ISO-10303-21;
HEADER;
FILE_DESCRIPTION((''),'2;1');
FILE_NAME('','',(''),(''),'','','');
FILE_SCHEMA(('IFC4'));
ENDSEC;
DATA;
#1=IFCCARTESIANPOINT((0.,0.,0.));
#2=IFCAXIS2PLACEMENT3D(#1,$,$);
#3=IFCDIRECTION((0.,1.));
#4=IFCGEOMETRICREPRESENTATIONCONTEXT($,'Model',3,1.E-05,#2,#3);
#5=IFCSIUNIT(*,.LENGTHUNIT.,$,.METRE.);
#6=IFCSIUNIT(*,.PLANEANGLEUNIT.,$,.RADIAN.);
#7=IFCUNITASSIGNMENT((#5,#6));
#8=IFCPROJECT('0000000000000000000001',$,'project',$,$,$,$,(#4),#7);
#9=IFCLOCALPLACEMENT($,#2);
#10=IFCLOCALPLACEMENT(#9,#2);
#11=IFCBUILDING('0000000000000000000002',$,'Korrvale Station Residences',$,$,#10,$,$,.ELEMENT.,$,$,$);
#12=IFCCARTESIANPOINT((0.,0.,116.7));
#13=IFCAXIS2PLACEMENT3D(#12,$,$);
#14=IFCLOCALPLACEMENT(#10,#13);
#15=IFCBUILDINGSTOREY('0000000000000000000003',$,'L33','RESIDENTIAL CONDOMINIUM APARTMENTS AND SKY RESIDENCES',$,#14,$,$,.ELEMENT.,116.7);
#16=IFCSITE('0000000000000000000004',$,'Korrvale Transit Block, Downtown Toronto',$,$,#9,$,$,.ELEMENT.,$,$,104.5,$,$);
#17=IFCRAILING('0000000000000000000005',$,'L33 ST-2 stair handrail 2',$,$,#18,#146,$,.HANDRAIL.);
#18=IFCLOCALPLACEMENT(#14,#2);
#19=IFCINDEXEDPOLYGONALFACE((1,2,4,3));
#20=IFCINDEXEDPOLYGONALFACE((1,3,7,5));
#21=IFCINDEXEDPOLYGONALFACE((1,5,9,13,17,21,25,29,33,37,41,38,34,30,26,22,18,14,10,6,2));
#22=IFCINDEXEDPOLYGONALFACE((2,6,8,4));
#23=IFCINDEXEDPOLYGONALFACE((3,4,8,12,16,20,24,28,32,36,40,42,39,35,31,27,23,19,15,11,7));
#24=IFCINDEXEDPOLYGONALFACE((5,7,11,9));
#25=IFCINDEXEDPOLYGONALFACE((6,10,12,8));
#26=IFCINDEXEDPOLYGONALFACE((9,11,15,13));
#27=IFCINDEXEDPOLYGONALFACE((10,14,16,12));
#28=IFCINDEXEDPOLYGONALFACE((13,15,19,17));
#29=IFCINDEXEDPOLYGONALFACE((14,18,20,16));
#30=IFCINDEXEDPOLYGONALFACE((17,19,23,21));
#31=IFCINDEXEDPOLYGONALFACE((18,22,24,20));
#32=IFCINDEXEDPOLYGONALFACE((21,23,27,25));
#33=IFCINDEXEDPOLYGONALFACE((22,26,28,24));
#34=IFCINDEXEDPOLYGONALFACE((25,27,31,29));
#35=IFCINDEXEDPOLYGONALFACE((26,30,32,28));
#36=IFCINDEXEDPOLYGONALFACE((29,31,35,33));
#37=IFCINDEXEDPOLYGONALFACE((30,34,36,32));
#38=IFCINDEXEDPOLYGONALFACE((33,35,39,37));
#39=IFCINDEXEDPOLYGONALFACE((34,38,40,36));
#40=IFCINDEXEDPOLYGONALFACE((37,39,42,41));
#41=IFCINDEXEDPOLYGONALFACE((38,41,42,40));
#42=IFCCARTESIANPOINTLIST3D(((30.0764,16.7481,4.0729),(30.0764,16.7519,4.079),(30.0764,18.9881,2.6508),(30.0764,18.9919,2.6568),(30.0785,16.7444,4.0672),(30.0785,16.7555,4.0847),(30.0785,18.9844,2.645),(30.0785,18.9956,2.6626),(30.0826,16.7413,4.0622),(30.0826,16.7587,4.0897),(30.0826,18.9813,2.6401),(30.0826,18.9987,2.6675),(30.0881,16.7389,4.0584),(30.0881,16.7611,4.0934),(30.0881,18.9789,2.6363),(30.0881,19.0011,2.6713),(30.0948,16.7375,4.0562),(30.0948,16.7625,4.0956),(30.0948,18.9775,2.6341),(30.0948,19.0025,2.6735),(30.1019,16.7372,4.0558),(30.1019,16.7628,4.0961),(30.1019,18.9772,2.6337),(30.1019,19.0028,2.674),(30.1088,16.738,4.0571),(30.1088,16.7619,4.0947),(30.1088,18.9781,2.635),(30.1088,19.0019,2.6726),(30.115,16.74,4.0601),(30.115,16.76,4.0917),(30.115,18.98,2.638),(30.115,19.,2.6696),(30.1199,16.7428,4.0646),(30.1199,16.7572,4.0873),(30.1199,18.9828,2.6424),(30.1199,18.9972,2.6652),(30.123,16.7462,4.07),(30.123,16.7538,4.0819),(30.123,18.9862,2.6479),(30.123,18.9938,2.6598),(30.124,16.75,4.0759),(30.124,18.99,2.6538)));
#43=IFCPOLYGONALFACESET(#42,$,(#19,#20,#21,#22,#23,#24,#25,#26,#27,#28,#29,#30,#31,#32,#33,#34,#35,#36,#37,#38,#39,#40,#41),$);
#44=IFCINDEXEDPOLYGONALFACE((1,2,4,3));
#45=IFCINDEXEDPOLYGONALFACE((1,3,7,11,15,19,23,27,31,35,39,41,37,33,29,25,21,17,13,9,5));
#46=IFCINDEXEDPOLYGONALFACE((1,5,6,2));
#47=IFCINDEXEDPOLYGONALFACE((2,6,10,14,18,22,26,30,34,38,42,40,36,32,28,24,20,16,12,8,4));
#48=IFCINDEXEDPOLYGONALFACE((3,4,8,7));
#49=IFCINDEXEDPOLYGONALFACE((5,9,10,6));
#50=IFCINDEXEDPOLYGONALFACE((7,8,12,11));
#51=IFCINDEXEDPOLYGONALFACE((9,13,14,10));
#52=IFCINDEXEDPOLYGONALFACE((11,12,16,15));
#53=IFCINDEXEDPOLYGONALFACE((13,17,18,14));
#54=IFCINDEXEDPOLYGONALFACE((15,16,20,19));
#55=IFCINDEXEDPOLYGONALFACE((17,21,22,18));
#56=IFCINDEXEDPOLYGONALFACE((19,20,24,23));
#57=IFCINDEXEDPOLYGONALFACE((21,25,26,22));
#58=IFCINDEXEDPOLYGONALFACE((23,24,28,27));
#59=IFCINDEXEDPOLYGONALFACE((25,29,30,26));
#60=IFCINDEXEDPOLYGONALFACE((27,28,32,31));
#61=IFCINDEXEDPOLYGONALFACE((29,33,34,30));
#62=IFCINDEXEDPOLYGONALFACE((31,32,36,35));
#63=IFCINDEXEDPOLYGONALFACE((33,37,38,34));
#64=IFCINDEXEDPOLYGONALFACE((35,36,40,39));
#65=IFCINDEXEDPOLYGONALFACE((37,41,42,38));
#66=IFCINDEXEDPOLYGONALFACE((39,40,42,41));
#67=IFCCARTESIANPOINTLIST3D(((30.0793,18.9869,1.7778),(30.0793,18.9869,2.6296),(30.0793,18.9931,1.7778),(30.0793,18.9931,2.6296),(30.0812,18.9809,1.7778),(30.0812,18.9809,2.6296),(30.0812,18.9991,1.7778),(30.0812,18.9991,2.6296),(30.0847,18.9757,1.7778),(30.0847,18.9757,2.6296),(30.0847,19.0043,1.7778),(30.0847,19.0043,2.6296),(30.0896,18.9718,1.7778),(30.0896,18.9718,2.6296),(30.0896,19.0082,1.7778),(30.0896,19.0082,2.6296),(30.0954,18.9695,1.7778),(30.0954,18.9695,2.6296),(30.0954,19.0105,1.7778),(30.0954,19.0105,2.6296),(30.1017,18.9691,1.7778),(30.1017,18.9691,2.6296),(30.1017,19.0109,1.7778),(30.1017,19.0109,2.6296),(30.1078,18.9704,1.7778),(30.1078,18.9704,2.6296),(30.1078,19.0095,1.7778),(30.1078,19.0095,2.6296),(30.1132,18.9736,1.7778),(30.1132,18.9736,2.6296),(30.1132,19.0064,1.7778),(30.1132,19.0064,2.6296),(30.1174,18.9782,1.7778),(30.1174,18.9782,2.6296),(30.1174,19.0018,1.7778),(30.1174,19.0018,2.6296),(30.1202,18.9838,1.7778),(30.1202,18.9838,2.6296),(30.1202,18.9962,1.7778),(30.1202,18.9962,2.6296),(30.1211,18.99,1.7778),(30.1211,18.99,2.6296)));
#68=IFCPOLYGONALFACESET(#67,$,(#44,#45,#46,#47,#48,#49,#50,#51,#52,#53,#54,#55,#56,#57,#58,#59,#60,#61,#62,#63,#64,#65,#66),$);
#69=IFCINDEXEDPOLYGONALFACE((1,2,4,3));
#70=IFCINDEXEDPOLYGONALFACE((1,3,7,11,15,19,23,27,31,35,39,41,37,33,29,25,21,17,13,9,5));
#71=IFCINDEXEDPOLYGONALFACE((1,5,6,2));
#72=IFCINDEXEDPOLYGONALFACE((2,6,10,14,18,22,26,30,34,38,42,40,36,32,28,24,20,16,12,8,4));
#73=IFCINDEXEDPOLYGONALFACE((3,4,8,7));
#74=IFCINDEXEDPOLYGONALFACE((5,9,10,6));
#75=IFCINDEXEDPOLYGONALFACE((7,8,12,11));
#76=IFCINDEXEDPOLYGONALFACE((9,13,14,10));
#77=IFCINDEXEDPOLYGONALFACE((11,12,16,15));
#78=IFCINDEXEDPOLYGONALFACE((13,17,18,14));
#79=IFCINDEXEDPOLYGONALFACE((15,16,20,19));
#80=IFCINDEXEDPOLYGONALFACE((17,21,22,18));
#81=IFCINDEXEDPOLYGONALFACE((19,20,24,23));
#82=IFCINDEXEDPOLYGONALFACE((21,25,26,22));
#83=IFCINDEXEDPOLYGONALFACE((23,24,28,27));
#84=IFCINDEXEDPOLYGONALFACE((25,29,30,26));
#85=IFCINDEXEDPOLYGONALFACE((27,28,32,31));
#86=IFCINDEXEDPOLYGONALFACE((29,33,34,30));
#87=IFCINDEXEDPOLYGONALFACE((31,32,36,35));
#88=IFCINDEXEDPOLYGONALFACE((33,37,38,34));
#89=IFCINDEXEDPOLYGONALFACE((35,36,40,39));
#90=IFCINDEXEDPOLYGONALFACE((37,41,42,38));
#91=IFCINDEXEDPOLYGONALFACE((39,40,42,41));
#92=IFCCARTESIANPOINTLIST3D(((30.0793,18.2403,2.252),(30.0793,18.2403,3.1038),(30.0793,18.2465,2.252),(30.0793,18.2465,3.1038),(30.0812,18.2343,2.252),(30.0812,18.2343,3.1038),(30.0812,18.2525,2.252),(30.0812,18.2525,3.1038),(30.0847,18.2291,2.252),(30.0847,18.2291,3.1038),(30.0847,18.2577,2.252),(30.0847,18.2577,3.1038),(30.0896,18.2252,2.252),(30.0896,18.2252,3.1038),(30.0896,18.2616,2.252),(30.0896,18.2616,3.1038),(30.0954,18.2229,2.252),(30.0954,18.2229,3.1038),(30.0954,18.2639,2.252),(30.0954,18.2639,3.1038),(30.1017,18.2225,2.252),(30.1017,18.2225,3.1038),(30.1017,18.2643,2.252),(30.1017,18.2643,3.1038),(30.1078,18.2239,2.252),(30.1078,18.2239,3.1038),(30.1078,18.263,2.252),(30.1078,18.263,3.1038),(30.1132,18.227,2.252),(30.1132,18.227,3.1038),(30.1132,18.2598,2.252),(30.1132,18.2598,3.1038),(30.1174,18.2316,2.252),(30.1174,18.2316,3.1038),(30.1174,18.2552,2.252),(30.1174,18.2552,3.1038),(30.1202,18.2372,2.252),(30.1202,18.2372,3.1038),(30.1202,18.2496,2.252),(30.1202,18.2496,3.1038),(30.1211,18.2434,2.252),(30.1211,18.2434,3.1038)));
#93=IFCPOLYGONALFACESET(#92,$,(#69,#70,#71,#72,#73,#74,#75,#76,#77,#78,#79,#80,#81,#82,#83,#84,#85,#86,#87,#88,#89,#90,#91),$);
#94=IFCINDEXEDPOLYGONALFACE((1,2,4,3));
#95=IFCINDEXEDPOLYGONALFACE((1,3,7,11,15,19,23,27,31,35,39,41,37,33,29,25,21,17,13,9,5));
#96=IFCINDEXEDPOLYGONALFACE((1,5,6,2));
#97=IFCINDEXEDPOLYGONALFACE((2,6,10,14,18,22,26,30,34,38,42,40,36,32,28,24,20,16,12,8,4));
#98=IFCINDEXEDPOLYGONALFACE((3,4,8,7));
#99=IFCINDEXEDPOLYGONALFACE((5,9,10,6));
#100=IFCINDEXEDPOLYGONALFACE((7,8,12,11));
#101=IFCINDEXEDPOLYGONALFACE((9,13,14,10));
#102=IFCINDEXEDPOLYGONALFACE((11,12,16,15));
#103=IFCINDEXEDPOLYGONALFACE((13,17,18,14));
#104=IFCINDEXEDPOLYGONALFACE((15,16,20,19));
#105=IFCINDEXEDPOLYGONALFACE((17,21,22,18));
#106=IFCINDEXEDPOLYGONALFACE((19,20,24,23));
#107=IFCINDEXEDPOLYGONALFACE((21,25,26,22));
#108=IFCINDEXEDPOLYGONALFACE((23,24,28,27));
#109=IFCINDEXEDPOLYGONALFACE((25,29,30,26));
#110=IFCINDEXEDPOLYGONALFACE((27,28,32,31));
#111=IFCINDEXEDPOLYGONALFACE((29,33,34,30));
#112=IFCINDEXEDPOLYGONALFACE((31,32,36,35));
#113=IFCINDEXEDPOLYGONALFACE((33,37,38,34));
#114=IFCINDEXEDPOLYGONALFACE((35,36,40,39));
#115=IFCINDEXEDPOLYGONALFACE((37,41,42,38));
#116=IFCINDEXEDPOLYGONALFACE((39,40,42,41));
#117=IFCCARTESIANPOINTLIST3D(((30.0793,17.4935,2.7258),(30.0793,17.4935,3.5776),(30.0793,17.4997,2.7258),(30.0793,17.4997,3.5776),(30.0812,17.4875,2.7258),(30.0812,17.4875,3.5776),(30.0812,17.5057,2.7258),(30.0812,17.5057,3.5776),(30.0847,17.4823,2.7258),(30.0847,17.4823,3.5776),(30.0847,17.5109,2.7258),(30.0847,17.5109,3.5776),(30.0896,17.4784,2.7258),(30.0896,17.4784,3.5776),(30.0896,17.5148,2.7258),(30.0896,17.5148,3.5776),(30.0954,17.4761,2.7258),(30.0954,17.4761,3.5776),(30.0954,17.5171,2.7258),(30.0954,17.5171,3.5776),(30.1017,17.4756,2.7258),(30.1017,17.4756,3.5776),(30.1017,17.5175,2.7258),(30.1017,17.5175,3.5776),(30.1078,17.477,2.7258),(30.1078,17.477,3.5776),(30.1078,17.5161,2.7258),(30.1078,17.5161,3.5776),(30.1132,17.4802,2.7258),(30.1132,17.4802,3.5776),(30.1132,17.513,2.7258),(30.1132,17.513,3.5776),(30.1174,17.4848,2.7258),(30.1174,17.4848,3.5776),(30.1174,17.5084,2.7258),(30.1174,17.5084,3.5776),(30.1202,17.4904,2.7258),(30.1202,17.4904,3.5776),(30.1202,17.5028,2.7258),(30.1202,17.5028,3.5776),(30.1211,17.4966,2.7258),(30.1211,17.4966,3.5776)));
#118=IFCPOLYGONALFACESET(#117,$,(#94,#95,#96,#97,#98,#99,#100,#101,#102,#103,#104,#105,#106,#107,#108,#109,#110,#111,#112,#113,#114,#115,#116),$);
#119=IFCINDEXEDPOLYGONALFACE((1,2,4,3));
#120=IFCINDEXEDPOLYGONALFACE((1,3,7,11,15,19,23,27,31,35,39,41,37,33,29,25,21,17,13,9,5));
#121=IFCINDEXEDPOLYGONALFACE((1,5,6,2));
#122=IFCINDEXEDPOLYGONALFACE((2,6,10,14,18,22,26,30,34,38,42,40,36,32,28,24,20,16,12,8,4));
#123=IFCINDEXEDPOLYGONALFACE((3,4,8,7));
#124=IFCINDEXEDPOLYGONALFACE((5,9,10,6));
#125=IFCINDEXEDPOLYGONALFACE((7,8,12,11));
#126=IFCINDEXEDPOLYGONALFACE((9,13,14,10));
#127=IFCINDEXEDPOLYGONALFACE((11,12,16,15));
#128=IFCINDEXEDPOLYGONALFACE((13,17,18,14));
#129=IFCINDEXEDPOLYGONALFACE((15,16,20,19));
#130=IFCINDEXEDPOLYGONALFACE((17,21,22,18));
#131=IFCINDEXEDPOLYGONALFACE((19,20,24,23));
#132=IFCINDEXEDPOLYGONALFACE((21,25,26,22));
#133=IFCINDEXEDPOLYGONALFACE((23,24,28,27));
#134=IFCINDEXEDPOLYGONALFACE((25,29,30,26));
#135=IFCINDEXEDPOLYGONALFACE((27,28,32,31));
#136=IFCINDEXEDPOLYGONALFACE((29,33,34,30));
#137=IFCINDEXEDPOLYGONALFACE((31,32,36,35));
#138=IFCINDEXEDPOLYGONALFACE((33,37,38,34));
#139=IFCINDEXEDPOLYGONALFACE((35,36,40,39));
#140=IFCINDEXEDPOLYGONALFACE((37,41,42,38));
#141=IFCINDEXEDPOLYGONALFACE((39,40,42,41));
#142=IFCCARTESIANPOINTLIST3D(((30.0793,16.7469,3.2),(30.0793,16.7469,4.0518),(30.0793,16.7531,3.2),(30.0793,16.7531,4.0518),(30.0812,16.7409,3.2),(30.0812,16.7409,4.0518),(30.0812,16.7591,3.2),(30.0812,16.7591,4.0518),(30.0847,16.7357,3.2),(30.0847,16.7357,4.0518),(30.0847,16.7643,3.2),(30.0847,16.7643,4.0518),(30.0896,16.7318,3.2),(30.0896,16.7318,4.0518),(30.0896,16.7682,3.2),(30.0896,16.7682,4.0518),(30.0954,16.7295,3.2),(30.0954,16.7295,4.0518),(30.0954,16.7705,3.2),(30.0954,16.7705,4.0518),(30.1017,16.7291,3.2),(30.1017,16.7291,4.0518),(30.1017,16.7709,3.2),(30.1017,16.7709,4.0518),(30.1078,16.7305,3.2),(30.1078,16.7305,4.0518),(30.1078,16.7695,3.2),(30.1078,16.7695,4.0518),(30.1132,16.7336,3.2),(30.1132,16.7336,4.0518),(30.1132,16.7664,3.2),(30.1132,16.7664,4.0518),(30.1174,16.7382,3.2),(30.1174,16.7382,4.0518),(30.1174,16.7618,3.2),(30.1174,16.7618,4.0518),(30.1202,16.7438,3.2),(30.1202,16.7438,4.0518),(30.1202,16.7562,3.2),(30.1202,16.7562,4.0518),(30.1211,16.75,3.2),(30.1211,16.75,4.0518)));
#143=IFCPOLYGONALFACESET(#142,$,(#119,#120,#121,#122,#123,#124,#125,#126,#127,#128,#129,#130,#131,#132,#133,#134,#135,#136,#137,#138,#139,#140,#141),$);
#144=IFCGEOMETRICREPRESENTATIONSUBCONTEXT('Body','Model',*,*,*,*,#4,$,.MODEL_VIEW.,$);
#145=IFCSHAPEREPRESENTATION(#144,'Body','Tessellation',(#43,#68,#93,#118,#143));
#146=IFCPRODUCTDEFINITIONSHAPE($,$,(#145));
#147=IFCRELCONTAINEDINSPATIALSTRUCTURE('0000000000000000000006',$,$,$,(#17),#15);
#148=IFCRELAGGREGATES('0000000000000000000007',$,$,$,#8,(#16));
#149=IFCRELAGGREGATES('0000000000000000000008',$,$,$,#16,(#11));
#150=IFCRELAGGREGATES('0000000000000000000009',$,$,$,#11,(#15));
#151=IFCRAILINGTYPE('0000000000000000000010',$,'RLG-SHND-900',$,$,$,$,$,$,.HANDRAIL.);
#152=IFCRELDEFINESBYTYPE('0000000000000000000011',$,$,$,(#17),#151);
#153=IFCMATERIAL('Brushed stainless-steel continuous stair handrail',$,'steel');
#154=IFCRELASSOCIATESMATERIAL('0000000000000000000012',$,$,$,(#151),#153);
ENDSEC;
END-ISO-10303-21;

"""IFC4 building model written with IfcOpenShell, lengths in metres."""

from ifc_helpers import new_model, si_unit, direction, frame, origin, origin_2d, place, context, subcontext, project, spatial, circle, extrude, material, type_object, element, save


model = new_model("IFC4")

# Units and contexts
model_context = context("Model", 3, precision=1e-05, world=origin(), true_north=direction((0.0, 1.0)))
body_context = subcontext(model_context, "Body", "Model", "MODEL_VIEW")
ifc_project = project(units=[si_unit("LENGTHUNIT", "METRE"), si_unit("PLANEANGLEUNIT", "RADIAN")], contexts=[model_context])

# Site, building, storey
site_placement = place(None, origin())
site = spatial("IfcSite", under=ifc_project, at=site_placement, Name="Korrvale Transit Block, Downtown Toronto", CompositionType="ELEMENT", RefElevation=104.5)
building_placement = place(site_placement, origin())
building = spatial("IfcBuilding", under=site, at=building_placement, Name="Korrvale Station Residences", CompositionType="ELEMENT")
storey_placement = place(building_placement, frame((0.0, 0.0, 116.7)))
storey = spatial("IfcBuildingStorey", under=building, at=storey_placement, Name="L33", Description="RESIDENTIAL CONDOMINIUM APARTMENTS AND SKY RESIDENCES", CompositionType="ELEMENT", Elevation=116.7)

# Railing
ifc_material_1 = material(Name="Brushed stainless-steel continuous stair handrail", Category="steel")
railing_type_1 = type_object("IfcRailingType", Name="RLG-SHND-900", PredefinedType="HANDRAIL", material=ifc_material_1)
railing_1_placement = place(storey_placement, frame((30.1001, 18.99, 1.7778)))
element("IfcRailing", 1, at=railing_1_placement, inside=storey, type_object=railing_type_1, Name="L33 ST-2 stair handrail 2", PredefinedType="HANDRAIL", context=body_context, shape_type="SweptSolid", body=[
    extrude(circle(Radius=0.0239, at=origin_2d()), frame((0.0, 0.0, 0.876), z_axis=(0.0, -0.844229, 0.535982), x_axis=(1.0, 0.0, 0.0)), (0.0, 0.0, 1.0), 2.6533),
    extrude(circle(Radius=0.021, at=origin_2d()), origin(), (0.0, 0.0, 1.0), 0.8518),
    extrude(circle(Radius=0.021, at=origin_2d()), frame((0.0, -0.7466, 0.4741)), (0.0, 0.0, 1.0), 0.8518),
    extrude(circle(Radius=0.021, at=origin_2d()), frame((0.0, -1.4934, 0.948)), (0.0, 0.0, 1.0), 0.8518),
    extrude(circle(Radius=0.021, at=origin_2d()), frame((0.0, -2.24, 1.4221)), (0.0, 0.0, 1.0), 0.8518),
])

save(model, "model.ifc")
